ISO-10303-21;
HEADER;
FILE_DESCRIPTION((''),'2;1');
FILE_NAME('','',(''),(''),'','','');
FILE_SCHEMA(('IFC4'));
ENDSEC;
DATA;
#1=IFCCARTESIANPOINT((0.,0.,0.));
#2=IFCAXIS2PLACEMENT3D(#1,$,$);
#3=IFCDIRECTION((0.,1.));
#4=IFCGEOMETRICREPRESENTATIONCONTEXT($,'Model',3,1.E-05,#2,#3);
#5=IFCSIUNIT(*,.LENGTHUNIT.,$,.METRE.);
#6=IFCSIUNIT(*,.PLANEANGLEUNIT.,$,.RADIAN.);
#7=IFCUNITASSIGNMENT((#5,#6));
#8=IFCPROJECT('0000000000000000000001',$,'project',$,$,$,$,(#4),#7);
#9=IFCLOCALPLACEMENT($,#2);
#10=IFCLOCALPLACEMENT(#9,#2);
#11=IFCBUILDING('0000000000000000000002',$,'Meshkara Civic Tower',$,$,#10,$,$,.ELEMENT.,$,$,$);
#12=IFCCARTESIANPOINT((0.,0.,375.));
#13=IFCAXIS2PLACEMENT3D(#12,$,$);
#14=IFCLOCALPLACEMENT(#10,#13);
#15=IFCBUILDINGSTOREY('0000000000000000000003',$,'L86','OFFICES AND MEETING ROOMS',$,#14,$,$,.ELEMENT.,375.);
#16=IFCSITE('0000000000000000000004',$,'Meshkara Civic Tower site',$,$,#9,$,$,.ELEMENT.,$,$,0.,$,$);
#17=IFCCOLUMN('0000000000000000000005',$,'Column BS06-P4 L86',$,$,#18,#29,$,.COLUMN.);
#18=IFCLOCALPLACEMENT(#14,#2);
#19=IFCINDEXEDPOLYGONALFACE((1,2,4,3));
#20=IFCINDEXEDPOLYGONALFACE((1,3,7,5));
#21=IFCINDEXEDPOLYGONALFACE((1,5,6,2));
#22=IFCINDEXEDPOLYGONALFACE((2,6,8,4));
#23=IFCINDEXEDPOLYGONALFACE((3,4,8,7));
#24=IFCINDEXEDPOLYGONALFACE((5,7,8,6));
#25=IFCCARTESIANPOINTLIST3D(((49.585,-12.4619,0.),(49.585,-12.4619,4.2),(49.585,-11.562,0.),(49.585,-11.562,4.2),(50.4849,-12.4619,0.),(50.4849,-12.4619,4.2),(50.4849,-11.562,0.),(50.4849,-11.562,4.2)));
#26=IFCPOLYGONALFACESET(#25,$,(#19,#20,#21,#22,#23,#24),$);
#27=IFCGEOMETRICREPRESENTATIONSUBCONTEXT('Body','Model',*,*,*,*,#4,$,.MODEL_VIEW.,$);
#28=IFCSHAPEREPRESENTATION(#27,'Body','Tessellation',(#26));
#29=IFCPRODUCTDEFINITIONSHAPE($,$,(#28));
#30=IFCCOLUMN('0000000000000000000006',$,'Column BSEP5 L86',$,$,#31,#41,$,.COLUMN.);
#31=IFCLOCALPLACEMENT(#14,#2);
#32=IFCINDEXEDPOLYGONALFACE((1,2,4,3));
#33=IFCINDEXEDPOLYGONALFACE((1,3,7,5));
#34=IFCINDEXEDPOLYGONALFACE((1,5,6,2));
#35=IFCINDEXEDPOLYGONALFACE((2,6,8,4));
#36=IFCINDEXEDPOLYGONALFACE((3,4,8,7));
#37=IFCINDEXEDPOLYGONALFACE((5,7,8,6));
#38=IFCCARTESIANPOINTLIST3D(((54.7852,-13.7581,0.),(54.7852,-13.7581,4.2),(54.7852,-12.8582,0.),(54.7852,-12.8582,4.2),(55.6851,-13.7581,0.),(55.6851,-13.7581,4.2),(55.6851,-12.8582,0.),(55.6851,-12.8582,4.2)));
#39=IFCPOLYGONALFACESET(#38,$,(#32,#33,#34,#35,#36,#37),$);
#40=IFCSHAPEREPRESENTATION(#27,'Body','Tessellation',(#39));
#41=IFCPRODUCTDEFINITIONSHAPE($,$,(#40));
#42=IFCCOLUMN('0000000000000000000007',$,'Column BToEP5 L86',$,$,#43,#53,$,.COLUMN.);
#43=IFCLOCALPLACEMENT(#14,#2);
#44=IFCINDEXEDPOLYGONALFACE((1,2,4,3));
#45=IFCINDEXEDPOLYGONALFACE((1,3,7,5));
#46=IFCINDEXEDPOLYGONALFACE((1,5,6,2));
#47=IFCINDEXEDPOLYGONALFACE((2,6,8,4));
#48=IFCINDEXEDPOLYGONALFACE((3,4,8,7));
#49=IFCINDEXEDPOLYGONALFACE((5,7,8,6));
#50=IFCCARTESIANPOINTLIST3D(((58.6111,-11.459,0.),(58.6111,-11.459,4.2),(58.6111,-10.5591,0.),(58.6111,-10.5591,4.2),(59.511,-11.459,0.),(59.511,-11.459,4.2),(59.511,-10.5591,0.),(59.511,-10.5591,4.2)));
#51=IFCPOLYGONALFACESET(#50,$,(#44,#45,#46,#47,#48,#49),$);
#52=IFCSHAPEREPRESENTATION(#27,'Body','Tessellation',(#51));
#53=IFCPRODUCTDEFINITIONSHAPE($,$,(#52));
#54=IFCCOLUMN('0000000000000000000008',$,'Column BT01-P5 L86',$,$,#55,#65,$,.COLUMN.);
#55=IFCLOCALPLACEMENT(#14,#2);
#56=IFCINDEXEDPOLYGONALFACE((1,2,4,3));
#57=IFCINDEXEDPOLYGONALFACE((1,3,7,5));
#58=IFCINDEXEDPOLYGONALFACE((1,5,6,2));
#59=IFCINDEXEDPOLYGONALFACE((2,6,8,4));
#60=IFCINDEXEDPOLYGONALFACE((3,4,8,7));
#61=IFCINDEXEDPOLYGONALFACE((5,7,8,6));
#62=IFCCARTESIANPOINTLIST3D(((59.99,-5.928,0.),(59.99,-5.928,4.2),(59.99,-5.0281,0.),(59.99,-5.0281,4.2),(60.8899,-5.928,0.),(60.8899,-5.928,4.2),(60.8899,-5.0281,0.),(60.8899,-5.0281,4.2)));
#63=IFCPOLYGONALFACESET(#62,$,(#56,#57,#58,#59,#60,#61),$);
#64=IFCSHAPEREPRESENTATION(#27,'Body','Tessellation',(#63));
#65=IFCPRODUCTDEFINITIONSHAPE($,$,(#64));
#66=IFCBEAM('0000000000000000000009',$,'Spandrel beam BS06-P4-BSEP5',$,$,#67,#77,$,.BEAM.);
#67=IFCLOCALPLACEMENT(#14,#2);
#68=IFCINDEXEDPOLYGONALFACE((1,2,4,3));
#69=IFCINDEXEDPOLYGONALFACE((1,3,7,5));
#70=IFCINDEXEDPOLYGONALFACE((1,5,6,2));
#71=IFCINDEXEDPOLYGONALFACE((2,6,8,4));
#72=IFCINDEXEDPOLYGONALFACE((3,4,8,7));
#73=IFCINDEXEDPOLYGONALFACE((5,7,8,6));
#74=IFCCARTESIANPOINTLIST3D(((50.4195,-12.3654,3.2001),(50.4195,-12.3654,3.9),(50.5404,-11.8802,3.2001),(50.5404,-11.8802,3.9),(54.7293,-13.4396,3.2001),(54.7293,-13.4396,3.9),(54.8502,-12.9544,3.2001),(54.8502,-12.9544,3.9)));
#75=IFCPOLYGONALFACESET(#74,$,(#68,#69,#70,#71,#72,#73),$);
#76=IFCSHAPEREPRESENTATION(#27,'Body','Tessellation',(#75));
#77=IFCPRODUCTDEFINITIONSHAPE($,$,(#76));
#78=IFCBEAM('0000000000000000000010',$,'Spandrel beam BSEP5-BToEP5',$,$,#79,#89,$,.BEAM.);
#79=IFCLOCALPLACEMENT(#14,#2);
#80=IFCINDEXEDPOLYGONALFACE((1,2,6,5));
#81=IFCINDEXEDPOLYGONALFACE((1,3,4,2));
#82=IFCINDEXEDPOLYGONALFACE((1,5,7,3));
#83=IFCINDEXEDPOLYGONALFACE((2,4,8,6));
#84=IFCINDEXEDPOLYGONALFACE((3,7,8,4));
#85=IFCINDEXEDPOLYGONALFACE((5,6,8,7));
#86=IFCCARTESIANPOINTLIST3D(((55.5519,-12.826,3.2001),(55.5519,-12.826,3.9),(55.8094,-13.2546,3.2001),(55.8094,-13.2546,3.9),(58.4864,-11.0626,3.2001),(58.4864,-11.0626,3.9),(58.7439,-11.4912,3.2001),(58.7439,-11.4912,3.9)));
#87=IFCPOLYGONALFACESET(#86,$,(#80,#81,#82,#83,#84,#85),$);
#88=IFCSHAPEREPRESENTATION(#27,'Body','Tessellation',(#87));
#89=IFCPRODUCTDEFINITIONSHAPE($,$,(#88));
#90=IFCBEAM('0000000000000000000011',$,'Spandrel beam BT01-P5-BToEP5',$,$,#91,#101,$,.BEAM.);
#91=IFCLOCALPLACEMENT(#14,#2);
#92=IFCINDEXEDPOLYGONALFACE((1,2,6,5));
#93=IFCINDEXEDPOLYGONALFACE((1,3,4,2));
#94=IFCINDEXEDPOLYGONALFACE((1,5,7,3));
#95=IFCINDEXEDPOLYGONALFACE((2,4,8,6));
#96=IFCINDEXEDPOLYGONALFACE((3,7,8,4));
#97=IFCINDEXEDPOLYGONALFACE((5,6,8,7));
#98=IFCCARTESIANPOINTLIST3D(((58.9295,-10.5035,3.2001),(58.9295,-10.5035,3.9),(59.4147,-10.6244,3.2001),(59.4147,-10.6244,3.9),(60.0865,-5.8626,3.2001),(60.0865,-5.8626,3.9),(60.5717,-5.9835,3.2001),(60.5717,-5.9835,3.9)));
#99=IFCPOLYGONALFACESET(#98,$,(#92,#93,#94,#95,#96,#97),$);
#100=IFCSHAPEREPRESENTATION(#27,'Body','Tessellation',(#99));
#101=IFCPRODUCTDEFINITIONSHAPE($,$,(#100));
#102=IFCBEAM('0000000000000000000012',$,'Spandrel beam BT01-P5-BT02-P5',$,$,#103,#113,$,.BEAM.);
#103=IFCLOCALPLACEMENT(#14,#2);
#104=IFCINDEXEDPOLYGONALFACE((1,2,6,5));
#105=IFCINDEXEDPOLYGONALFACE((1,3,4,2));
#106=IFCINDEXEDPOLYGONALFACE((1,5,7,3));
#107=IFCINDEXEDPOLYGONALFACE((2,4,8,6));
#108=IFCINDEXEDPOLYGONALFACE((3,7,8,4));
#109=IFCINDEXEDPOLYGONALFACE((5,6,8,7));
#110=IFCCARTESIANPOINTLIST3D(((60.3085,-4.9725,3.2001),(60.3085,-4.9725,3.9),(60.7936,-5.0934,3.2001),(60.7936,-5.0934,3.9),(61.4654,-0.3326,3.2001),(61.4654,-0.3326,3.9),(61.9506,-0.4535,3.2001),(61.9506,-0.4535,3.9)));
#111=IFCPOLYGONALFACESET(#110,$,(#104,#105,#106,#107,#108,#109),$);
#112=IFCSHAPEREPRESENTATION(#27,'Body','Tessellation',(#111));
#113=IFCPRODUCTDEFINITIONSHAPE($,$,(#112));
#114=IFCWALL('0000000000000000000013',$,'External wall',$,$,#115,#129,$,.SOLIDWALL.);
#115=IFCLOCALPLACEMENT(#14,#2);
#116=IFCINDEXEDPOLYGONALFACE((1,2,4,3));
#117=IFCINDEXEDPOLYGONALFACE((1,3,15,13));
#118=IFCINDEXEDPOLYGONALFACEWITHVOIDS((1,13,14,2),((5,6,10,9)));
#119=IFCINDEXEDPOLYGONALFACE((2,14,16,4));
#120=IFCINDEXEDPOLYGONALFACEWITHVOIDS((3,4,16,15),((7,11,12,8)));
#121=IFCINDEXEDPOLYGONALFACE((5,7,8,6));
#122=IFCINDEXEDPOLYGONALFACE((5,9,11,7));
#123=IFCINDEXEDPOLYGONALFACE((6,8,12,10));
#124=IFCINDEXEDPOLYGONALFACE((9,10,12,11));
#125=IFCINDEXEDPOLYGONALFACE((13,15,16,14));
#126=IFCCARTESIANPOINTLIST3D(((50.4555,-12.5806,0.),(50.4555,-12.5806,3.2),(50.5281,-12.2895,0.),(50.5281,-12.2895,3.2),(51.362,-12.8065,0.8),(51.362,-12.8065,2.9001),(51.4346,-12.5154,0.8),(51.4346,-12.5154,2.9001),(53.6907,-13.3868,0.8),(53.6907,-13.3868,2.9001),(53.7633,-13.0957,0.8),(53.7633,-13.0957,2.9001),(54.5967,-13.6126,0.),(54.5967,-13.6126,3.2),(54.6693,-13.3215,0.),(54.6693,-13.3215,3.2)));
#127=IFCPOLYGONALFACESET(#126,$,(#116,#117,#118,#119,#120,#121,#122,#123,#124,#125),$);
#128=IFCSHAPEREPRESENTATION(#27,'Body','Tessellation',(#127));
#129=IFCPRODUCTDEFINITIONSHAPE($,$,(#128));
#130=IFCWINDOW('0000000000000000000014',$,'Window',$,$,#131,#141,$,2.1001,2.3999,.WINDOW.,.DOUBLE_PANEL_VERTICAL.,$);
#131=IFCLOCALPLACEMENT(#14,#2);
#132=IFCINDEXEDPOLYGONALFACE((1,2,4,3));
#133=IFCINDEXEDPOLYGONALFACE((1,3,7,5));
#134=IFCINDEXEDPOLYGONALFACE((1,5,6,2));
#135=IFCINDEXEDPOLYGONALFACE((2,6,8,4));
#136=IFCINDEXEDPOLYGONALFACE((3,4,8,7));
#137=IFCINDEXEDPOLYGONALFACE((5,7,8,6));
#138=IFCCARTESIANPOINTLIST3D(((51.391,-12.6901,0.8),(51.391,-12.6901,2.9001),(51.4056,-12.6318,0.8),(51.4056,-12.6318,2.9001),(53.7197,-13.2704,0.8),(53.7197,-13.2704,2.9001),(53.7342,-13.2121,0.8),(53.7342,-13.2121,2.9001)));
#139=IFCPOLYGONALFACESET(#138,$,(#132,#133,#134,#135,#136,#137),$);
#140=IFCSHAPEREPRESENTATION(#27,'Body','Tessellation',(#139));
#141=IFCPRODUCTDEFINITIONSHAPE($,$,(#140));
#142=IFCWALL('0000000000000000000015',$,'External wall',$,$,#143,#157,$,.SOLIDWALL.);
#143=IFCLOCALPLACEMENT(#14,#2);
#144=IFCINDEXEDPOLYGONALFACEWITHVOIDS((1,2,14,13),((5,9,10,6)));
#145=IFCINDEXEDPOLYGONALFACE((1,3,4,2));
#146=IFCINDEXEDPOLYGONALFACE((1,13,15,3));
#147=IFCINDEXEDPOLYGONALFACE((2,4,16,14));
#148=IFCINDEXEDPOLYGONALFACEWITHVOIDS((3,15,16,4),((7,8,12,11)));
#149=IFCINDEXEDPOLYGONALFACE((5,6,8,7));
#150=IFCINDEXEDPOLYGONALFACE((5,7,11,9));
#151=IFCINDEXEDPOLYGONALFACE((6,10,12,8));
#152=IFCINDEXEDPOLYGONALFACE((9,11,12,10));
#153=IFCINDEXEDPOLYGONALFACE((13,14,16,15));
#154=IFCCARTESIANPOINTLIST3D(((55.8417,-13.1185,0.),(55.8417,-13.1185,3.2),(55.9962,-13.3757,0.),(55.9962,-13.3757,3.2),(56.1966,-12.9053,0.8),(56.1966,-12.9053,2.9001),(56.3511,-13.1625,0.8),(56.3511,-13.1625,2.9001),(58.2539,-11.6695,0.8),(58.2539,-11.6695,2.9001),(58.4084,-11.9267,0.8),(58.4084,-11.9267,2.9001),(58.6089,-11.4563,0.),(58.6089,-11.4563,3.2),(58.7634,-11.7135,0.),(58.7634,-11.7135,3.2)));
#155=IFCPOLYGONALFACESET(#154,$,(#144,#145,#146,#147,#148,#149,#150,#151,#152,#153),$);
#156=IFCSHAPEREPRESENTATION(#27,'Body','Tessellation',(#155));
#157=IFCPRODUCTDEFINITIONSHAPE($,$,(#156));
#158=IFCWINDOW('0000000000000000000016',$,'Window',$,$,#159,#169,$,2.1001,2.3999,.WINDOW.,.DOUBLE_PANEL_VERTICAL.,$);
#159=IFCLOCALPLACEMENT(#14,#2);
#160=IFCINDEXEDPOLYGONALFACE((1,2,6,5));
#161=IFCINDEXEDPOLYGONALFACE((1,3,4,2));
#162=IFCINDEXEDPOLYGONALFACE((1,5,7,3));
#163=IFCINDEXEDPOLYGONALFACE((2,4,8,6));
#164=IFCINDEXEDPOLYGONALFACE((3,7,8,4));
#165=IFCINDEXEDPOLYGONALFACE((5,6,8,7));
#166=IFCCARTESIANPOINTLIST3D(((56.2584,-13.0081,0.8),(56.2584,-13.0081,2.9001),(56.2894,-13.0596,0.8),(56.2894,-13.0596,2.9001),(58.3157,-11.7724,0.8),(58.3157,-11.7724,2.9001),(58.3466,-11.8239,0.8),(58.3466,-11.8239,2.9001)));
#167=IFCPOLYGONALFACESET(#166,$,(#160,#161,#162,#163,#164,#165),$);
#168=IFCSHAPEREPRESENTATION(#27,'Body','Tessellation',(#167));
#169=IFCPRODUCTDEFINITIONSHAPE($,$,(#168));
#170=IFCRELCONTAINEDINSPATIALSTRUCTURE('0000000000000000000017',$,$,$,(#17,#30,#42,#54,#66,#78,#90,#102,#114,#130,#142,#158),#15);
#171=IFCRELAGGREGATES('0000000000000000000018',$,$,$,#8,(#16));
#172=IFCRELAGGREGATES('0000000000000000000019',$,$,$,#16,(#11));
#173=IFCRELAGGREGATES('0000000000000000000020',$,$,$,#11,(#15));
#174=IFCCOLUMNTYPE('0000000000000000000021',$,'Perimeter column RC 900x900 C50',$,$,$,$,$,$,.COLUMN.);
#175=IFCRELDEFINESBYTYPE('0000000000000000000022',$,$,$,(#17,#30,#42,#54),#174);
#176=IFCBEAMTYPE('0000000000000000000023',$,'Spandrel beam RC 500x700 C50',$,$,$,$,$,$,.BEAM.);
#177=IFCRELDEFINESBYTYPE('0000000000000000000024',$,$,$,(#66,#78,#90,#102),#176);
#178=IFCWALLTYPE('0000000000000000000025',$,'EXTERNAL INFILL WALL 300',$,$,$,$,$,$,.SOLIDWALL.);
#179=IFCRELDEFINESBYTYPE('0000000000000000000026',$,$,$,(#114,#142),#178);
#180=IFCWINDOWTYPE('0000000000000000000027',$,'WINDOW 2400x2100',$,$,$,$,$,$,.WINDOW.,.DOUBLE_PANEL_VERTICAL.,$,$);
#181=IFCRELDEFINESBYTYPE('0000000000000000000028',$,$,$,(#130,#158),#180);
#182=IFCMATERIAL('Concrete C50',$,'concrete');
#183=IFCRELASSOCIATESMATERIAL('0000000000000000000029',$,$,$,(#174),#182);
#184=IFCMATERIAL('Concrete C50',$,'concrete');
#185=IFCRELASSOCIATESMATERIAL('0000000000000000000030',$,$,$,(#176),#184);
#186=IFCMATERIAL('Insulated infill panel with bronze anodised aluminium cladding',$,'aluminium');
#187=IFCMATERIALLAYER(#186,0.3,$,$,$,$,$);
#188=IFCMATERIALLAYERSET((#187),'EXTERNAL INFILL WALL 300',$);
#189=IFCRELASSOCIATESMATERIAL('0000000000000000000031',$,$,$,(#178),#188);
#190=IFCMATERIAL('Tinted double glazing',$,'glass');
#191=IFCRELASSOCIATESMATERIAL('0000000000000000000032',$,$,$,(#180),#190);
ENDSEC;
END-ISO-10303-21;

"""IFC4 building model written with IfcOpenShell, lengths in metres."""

from ifc_helpers import new_model, si_unit, direction, frame, frame_2d, origin, origin_2d, place, context, subcontext, project, spatial, rectangle, extrude, material, layer, layer_set, material_profile, profile_set, type_object, element, fill, save


model = new_model("IFC4")

# Units and contexts
model_context = context("Model", 3, precision=1e-05, world=origin(), true_north=direction((0.0, 1.0)))
body_context = subcontext(model_context, "Body", "Model", "MODEL_VIEW")
ifc_project = project(units=[si_unit("LENGTHUNIT", "METRE"), si_unit("PLANEANGLEUNIT", "RADIAN")], contexts=[model_context])

# Site, building, storey
site_placement = place(None, origin())
site = spatial("IfcSite", under=ifc_project, at=site_placement, Name="Meshkara Civic Tower site", CompositionType="ELEMENT", RefElevation=0.0)
building_placement = place(site_placement, origin())
building = spatial("IfcBuilding", under=site, at=building_placement, Name="Meshkara Civic Tower", CompositionType="ELEMENT")
storey_placement = place(building_placement, frame((0.0, 0.0, 375.0)))
storey = spatial("IfcBuildingStorey", under=building, at=storey_placement, Name="L86", Description="OFFICES AND MEETING ROOMS", CompositionType="ELEMENT", Elevation=375.0)

# Columns
ifc_material_1 = material(Name="Concrete C50", Category="concrete")
ifc_material_profile_1 = material_profile(ifc_material_1, rectangle(XDim=0.8999, YDim=0.8999, at=origin_2d()))
ifc_profile_set_1 = profile_set([ifc_material_profile_1], Name="Concrete C50")
column_type = type_object("IfcColumnType", Name="Perimeter column RC 900x900 C50", PredefinedType="COLUMN", material=ifc_profile_set_1)
for number, where, z_axis, x_axis, name in (
    (1, (50.0349, -12.012, 0.0), (0.0, 0.0, 1.0), (1.0, 0.0, 0.0), "Column BS06-P4 L86"),
    (2, (55.2351, -13.3081, 0.0), (0.0, 0.0, 1.0), (1.0, 0.0, 0.0), "Column BSEP5 L86"),
    (3, (59.061, -11.009, 0.0), (0.0, 0.0, 1.0), (1.0, 0.0, 0.0), "Column BToEP5 L86"),
    (4, (60.4399, -5.478, 0.0), (0.0, 0.0, 1.0), (1.0, 0.0, 0.0), "Column BT01-P5 L86"),
):
    element("IfcColumn", number, at=place(storey_placement, frame(where, z_axis=z_axis, x_axis=x_axis)), inside=storey, type_object=column_type, Name=name, PredefinedType="COLUMN", context=body_context, shape_type="SweptSolid", body=[
        extrude(rectangle(XDim=0.8999, YDim=0.8999, at=origin_2d()), origin(), (0.0, 0.0, 1.0), 4.2),
    ])

# Beams
ifc_material_2 = material(Name="Concrete C50", Category="concrete")
ifc_material_profile_2 = material_profile(ifc_material_2, rectangle(XDim=0.5, YDim=0.7, at=origin_2d()))
ifc_profile_set_2 = profile_set([ifc_material_profile_2], Name="Concrete C50")
beam_type = type_object("IfcBeamType", Name="Spandrel beam RC 500x700 C50", PredefinedType="BEAM", material=ifc_profile_set_2)
beam_1_placement = place(storey_placement, frame((50.48, -12.1228, 3.55), z_axis=(0.970314, -0.24185, 0.0), x_axis=(0.24185, 0.970314, 0.0)))
element("IfcBeam", 5, at=beam_1_placement, inside=storey, type_object=beam_type, Name="Spandrel beam BS06-P4-BSEP5", PredefinedType="BEAM", context=body_context, shape_type="SweptSolid", body=[
    extrude(rectangle(XDim=0.5, YDim=0.7, at=origin_2d()), origin(), (0.0, 0.0, 1.0), 4.4417),
])
beam_2_placement = place(storey_placement, frame((55.6807, -13.0403, 3.55), z_axis=(0.857147, 0.515072, 0.0), x_axis=(-0.515072, 0.857147, 0.0)))
element("IfcBeam", 6, at=beam_2_placement, inside=storey, type_object=beam_type, Name="Spandrel beam BSEP5-BToEP5", PredefinedType="BEAM", context=body_context, shape_type="SweptSolid", body=[
    extrude(rectangle(XDim=0.5, YDim=0.7, at=origin_2d()), origin(), (0.0, 0.0, 1.0), 3.4236),
])
beam_3_placement = place(storey_placement, frame((59.1721, -10.564, 3.55), z_axis=(0.241899, 0.970301, 0.0), x_axis=(-0.970301, 0.241899, 0.0)))
element("IfcBeam", 7, at=beam_3_placement, inside=storey, type_object=beam_type, Name="Spandrel beam BT01-P5-BToEP5", PredefinedType="BEAM", context=body_context, shape_type="SweptSolid", body=[
    extrude(rectangle(XDim=0.5, YDim=0.7, at=origin_2d()), origin(), (0.0, 0.0, 1.0), 4.783),
])
beam_4_placement = place(storey_placement, frame((60.551, -5.033, 3.55), z_axis=(0.241947, 0.970289, 0.0), x_axis=(-0.970289, 0.241947, 0.0)))
element("IfcBeam", 8, at=beam_4_placement, inside=storey, type_object=beam_type, Name="Spandrel beam BT01-P5-BT02-P5", PredefinedType="BEAM", context=body_context, shape_type="SweptSolid", body=[
    extrude(rectangle(XDim=0.5, YDim=0.7, at=origin_2d()), origin(), (0.0, 0.0, 1.0), 4.782),
])

# Walls, openings, windows
ifc_material_3 = material(Name="Insulated infill panel with bronze anodised aluminium cladding", Category="aluminium")
ifc_layer_1 = layer(ifc_material_3, 0.3)
ifc_layer_set_1 = layer_set([ifc_layer_1], Name="EXTERNAL INFILL WALL 300")
wall_type_1 = type_object("IfcWallType", Name="EXTERNAL INFILL WALL 300", PredefinedType="SOLIDWALL", material=ifc_layer_set_1)
wall_1_placement = place(storey_placement, frame((50.4919, -12.4351, 0.0), z_axis=(0.0, 0.0, 1.0), x_axis=(0.970324, -0.241809, 0.0)))
wall_1 = element("IfcWall", 9, at=wall_1_placement, inside=storey, type_object=wall_type_1, Name="External wall", PredefinedType="SOLIDWALL", context=body_context, shape_type="SweptSolid", body=[
    extrude(rectangle(XDim=4.2678, YDim=0.3, at=frame_2d((2.1338, 0.0))), origin(), (0.0, 0.0, 1.0), 3.2),
])
opening_1_placement = place(wall_1_placement, frame((0.9341, 0.0, 0.8)))
opening_1 = element("IfcOpeningElement", 10, at=opening_1_placement, cuts=wall_1, PredefinedType="OPENING", context=body_context, shape_type="SweptSolid", body=[
    extrude(rectangle(XDim=2.3999, YDim=2.1001, at=frame_2d((1.2, 1.05))), frame((0.0, 0.1599, 0.0), z_axis=(0.0, -1.0, 0.0), x_axis=(1.0, 0.0, 0.0)), (0.0, 0.0, 1.0), 0.3201),
])
ifc_material_4 = material(Name="Tinted double glazing", Category="glass")
window_type = type_object("IfcWindowType", Name="WINDOW 2400x2100", PartitioningType="DOUBLE_PANEL_VERTICAL", PredefinedType="WINDOW", material=ifc_material_4)
window_1_placement = place(opening_1_placement, origin())
window_1 = element("IfcWindow", 11, at=window_1_placement, inside=storey, type_object=window_type, Name="Window", OverallHeight=2.1001, OverallWidth=2.3999, PartitioningType="DOUBLE_PANEL_VERTICAL", PredefinedType="WINDOW", context=body_context, shape_type="SweptSolid", body=[
    extrude(rectangle(XDim=2.3999, YDim=2.1001, at=frame_2d((1.2, 1.05))), frame((0.0, 0.03, 0.0), z_axis=(0.0, -1.0, 0.0), x_axis=(1.0, 0.0, 0.0)), (0.0, 0.0, 1.0), 0.0601),
])
fill(opening_1, window_1)
wall_2_placement = place(storey_placement, frame((55.9189, -13.2471, 0.0), z_axis=(0.0, 0.0, 1.0), x_axis=(0.857239, 0.514918, 0.0)))
wall_2 = element("IfcWall", 12, at=wall_2_placement, inside=storey, type_object=wall_type_1, Name="External wall", PredefinedType="SOLIDWALL", context=body_context, shape_type="SweptSolid", body=[
    extrude(rectangle(XDim=3.228, YDim=0.3, at=frame_2d((1.614, 0.0))), origin(), (0.0, 0.0, 1.0), 3.2),
])
opening_2_placement = place(wall_2_placement, frame((0.4141, 0.0, 0.8)))
opening_2 = element("IfcOpeningElement", 13, at=opening_2_placement, cuts=wall_2, PredefinedType="OPENING", context=body_context, shape_type="SweptSolid", body=[
    extrude(rectangle(XDim=2.3999, YDim=2.1001, at=frame_2d((1.2, 1.05))), frame((0.0, 0.1599, 0.0), z_axis=(0.0, -1.0, 0.0), x_axis=(1.0, 0.0, 0.0)), (0.0, 0.0, 1.0), 0.3201),
])
window_2_placement = place(opening_2_placement, origin())
window_2 = element("IfcWindow", 14, at=window_2_placement, inside=storey, type_object=window_type, Name="Window", OverallHeight=2.1001, OverallWidth=2.3999, PartitioningType="DOUBLE_PANEL_VERTICAL", PredefinedType="WINDOW", context=body_context, shape_type="SweptSolid", body=[
    extrude(rectangle(XDim=2.3999, YDim=2.1001, at=frame_2d((1.2, 1.05))), frame((0.0, 0.03, 0.0), z_axis=(0.0, -1.0, 0.0), x_axis=(1.0, 0.0, 0.0)), (0.0, 0.0, 1.0), 0.0601),
])
fill(opening_2, window_2)

save(model, "model.ifc")
